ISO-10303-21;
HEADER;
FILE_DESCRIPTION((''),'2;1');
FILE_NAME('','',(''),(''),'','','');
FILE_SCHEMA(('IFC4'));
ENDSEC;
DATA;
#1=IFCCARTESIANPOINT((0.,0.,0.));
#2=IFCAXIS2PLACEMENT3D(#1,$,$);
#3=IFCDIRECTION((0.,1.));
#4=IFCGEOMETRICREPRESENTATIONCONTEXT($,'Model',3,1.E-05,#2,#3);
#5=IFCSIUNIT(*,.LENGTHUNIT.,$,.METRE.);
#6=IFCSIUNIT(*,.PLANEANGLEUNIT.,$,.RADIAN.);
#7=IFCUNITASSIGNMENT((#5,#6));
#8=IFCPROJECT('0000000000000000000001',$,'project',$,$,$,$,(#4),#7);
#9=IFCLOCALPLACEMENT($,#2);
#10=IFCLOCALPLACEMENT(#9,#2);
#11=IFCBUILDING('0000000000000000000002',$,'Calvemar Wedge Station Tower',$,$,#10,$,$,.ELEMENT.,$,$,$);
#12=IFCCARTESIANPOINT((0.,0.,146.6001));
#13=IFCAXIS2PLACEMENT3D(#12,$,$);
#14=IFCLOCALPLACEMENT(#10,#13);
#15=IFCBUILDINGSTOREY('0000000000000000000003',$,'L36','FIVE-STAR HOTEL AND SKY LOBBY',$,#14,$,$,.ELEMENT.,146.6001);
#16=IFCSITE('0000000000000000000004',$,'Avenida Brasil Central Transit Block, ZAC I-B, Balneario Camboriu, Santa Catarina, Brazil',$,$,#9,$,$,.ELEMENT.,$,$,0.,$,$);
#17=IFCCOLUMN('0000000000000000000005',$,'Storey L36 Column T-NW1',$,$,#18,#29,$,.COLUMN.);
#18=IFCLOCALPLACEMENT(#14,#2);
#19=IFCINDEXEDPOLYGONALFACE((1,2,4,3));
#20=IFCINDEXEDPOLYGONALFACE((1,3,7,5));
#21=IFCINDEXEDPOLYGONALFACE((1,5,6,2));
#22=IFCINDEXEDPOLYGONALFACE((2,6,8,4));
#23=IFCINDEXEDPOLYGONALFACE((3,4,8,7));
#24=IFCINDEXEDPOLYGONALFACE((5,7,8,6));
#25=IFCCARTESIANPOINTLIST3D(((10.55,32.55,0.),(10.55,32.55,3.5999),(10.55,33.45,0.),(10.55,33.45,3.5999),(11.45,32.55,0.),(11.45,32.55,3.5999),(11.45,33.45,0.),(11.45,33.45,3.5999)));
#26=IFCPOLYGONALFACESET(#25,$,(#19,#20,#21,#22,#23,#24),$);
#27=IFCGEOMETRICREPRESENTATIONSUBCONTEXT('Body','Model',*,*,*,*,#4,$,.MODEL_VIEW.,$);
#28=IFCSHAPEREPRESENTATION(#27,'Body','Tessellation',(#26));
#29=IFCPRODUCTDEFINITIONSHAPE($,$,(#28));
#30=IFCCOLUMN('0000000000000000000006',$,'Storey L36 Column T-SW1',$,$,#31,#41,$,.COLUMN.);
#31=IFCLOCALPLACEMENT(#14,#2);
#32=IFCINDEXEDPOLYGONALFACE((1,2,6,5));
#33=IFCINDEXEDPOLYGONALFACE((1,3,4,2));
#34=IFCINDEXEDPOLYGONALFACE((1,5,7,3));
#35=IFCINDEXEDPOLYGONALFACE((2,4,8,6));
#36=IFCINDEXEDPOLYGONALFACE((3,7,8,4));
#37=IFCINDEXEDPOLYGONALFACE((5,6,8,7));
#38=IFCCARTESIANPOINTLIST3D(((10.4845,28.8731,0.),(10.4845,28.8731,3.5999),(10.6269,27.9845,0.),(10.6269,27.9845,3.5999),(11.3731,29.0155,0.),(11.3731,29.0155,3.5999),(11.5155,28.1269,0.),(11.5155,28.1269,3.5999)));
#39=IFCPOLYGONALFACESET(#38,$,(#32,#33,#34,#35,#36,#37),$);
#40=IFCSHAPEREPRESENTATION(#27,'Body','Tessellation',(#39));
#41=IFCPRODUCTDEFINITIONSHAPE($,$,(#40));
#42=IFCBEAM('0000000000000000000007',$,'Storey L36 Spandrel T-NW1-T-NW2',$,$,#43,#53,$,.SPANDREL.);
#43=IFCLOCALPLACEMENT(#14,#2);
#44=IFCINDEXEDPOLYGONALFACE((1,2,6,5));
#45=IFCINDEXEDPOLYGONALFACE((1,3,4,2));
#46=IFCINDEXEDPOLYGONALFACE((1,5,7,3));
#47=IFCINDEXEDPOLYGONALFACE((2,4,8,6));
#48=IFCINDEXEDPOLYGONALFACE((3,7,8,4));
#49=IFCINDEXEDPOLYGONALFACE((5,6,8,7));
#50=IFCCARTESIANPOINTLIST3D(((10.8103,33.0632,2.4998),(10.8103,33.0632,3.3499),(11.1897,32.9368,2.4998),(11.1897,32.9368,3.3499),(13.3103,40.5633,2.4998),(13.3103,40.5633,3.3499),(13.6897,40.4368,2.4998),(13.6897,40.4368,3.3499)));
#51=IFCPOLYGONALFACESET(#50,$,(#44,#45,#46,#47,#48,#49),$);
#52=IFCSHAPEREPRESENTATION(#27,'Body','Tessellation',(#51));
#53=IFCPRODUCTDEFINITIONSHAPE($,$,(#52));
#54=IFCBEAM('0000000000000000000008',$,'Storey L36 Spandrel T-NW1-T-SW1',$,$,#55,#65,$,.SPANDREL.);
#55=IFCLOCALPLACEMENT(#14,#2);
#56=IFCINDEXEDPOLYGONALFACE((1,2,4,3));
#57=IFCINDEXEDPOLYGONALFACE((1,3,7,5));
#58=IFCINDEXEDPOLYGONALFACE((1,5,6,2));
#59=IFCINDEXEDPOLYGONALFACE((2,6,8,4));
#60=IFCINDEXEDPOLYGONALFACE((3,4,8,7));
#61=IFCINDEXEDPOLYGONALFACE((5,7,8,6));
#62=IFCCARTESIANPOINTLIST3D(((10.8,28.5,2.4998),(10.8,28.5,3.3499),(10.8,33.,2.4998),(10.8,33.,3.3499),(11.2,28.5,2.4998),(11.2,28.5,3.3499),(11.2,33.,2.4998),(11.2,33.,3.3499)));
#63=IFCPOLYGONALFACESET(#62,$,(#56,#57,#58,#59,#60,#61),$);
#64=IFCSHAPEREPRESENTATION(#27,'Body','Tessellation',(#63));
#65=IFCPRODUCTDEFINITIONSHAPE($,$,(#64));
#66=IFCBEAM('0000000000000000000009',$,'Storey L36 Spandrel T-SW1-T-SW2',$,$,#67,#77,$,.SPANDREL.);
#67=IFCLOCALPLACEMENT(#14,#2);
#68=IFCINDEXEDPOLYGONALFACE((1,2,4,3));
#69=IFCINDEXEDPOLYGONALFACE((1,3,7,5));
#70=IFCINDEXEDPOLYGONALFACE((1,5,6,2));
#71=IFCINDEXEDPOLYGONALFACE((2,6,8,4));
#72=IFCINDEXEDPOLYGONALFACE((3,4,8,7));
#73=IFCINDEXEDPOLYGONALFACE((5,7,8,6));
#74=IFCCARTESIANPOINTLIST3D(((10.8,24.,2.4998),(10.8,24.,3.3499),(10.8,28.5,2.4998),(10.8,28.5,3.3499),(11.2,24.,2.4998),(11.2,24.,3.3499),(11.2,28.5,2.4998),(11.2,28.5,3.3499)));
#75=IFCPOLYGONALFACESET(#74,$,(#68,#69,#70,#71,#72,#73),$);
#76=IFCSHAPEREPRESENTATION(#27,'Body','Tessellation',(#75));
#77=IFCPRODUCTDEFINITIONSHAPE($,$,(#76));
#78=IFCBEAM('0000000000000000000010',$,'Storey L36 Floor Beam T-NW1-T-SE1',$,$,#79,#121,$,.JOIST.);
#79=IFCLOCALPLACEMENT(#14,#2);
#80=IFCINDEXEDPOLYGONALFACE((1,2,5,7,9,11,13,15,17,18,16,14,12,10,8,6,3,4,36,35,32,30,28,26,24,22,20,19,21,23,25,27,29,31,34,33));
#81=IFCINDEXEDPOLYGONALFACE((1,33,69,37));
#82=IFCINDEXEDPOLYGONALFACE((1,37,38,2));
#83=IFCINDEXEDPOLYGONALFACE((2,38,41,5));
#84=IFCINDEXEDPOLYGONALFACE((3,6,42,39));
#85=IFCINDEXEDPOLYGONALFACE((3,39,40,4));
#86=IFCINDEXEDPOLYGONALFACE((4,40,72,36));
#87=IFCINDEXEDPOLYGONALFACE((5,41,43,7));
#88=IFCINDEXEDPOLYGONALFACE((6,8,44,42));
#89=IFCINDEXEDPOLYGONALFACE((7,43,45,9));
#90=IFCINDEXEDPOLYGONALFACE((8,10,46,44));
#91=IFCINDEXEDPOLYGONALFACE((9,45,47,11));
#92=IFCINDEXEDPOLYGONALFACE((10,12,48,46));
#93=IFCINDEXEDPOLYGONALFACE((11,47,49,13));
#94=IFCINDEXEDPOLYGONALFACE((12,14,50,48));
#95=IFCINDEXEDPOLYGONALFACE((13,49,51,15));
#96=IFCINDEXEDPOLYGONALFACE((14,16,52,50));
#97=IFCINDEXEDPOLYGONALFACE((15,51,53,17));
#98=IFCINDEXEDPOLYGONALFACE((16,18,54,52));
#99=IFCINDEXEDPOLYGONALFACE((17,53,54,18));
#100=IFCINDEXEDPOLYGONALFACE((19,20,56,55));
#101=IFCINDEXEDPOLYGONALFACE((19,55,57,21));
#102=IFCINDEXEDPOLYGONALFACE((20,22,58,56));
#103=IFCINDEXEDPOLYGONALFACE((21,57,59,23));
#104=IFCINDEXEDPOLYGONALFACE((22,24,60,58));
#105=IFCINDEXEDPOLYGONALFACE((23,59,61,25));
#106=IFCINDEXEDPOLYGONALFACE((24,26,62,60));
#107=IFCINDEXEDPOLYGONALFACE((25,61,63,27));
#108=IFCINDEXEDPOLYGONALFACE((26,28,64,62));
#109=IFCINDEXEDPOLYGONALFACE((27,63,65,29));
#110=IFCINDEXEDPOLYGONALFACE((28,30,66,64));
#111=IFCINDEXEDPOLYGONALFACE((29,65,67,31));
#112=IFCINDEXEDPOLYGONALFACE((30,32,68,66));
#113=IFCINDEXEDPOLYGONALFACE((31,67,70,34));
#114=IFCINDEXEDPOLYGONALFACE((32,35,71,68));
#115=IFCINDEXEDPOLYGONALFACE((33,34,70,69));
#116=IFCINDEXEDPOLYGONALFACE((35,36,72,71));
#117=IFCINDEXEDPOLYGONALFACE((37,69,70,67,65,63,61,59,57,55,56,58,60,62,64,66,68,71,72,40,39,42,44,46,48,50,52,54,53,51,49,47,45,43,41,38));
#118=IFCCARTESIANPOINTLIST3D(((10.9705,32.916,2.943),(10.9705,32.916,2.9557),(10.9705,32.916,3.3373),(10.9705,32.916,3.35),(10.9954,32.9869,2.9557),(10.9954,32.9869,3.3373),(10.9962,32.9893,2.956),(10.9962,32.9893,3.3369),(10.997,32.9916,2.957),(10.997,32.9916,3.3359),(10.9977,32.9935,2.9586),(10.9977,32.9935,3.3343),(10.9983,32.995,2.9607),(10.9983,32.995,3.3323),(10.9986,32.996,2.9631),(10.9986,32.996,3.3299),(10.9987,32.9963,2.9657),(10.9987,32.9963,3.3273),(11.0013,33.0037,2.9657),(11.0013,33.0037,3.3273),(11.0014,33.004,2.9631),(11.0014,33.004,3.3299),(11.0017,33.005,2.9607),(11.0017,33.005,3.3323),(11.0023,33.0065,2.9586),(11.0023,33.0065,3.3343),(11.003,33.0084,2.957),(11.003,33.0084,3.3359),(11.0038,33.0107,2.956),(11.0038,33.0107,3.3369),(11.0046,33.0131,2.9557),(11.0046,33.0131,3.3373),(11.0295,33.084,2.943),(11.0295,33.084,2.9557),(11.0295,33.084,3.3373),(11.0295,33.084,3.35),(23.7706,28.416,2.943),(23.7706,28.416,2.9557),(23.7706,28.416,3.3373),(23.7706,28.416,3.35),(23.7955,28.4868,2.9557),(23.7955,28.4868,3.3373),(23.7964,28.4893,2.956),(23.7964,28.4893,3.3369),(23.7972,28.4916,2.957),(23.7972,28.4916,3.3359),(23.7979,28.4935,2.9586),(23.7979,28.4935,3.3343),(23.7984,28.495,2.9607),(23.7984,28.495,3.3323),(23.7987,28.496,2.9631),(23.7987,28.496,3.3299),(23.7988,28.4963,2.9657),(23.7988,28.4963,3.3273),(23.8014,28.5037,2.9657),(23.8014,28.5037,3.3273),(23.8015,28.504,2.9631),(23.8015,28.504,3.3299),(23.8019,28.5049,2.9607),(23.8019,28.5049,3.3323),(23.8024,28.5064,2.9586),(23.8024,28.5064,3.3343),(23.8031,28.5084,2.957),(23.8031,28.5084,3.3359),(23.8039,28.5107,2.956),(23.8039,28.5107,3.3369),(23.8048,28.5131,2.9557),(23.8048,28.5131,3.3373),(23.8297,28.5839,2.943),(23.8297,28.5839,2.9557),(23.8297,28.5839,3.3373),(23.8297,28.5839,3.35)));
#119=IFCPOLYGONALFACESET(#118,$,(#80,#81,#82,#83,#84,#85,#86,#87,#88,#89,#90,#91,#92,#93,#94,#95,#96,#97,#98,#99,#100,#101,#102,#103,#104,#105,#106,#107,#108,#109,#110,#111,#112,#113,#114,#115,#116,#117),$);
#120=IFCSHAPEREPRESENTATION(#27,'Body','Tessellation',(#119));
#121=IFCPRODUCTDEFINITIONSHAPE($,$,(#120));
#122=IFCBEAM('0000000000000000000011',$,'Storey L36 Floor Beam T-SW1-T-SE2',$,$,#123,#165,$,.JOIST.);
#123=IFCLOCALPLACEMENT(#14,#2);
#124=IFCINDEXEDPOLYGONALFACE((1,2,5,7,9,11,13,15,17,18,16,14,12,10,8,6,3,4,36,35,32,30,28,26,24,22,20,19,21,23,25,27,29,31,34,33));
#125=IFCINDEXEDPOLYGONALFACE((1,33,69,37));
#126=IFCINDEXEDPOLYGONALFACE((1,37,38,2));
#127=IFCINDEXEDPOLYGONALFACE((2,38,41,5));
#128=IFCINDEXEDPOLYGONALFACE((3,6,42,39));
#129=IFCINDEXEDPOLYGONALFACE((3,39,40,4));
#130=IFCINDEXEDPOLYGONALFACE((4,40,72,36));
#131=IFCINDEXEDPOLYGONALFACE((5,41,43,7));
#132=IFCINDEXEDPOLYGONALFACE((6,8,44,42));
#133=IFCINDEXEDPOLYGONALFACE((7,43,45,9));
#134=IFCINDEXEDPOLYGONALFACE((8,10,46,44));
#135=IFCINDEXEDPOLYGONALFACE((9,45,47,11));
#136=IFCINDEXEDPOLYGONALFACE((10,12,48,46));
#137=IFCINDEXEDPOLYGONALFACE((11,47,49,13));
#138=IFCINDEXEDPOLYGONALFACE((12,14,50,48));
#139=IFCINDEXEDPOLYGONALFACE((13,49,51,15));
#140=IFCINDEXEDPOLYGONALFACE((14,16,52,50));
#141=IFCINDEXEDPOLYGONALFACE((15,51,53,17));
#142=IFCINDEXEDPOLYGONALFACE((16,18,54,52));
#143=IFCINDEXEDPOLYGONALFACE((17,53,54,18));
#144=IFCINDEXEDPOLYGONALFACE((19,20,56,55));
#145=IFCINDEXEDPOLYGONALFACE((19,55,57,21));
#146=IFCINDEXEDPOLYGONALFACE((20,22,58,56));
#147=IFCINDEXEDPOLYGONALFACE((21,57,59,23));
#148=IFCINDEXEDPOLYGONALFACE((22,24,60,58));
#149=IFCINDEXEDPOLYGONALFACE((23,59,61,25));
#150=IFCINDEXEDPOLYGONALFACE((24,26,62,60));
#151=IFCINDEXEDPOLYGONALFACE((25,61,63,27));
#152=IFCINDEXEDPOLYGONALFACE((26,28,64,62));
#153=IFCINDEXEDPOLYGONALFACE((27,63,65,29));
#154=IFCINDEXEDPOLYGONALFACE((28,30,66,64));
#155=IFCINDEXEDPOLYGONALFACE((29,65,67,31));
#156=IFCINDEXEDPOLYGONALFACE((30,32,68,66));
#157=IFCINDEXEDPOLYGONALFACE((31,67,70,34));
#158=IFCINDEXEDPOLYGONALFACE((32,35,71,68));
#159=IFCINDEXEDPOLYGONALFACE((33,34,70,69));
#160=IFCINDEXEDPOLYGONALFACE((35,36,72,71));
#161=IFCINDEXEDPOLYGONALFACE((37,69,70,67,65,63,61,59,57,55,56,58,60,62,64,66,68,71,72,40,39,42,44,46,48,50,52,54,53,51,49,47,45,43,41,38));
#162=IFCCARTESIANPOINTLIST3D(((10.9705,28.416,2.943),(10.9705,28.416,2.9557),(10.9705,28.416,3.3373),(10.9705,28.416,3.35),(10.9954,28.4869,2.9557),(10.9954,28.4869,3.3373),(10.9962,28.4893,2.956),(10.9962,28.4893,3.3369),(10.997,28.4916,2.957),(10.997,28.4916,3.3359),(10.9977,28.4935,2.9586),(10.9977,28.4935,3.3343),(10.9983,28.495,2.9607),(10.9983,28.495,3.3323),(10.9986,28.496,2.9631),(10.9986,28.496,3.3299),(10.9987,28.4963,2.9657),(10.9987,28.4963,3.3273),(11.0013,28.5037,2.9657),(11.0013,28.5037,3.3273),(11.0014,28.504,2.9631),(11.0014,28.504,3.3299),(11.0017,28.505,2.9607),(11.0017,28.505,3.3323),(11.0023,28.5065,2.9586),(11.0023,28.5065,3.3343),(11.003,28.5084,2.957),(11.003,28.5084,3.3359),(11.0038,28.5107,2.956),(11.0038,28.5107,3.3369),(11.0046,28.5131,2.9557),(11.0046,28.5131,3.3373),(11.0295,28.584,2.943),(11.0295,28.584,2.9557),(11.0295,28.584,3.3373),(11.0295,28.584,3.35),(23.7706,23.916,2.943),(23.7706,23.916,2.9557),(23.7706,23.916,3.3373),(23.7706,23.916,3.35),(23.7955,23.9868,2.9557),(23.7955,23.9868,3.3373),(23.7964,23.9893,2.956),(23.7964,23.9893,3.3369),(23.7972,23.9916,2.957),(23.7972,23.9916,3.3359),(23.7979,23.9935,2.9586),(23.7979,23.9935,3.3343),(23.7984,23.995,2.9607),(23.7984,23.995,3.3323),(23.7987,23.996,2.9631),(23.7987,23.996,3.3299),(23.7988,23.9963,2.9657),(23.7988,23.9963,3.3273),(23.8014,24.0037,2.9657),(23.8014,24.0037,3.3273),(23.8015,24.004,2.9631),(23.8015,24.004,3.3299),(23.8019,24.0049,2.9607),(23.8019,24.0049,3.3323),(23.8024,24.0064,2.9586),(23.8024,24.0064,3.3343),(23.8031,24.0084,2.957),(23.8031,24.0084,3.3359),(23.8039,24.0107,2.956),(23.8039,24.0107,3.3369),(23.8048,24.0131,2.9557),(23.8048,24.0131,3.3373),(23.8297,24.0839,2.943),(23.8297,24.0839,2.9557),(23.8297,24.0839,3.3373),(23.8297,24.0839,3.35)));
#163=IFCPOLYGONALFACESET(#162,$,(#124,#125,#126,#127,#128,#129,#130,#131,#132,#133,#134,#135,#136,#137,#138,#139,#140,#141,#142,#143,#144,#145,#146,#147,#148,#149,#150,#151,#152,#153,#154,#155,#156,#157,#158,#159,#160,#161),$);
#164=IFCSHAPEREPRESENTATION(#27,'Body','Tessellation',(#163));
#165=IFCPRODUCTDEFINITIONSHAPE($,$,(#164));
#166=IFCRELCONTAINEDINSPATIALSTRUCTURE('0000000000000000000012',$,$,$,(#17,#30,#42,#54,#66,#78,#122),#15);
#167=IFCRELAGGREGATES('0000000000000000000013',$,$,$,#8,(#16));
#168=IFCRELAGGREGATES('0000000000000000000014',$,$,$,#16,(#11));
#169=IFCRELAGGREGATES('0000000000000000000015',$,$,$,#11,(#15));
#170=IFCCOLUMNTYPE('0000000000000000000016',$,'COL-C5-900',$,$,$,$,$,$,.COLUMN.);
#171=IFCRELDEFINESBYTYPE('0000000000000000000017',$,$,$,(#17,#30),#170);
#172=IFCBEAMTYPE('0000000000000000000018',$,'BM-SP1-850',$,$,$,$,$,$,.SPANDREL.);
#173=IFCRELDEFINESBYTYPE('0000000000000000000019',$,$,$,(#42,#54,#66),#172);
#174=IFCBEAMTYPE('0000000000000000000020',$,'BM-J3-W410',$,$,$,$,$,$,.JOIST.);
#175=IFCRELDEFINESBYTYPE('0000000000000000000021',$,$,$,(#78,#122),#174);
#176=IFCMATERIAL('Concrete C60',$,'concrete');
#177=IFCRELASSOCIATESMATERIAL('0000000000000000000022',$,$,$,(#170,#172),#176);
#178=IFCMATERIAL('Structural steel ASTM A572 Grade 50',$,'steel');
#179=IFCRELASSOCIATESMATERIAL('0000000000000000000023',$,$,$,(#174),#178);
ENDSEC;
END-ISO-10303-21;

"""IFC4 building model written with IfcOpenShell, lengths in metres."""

from ifc_helpers import new_model, si_unit, direction, frame, origin, origin_2d, place, context, subcontext, project, spatial, rectangle, i_section, extrude, source, transform, mapped, material, material_profile, profile_set, type_object, element, save


model = new_model("IFC4")

# Units and contexts
model_context = context("Model", 3, precision=1e-05, world=origin(), true_north=direction((0.0, 1.0)))
body_context = subcontext(model_context, "Body", "Model", "MODEL_VIEW")
ifc_project = project(units=[si_unit("LENGTHUNIT", "METRE"), si_unit("PLANEANGLEUNIT", "RADIAN")], contexts=[model_context])

# Site, building, storey
site_placement = place(None, origin())
site = spatial("IfcSite", under=ifc_project, at=site_placement, Name="Avenida Brasil Central Transit Block, ZAC I-B, Balneario Camboriu, Santa Catarina, Brazil", CompositionType="ELEMENT", RefElevation=0.0)
building_placement = place(site_placement, origin())
building = spatial("IfcBuilding", under=site, at=building_placement, Name="Calvemar Wedge Station Tower", CompositionType="ELEMENT")
storey_placement = place(building_placement, frame((0.0, 0.0, 146.6001)))
storey = spatial("IfcBuildingStorey", under=building, at=storey_placement, Name="L36", Description="FIVE-STAR HOTEL AND SKY LOBBY", CompositionType="ELEMENT", Elevation=146.6001)

# Columns
ifc_material_1 = material(Name="Concrete C60", Category="concrete")
ifc_material_profile_1 = material_profile(ifc_material_1, rectangle(XDim=0.8999, YDim=0.8999, at=origin_2d()), Name="RC900x900")
ifc_profile_set_1 = profile_set([ifc_material_profile_1], Name="Concrete C60")
column_type = type_object("IfcColumnType", Name="COL-C5-900", PredefinedType="COLUMN", material=ifc_profile_set_1)
shared_shape_1 = source(origin(), body_context, "Body", "SweptSolid", [
    extrude(rectangle(XDim=0.8999, YDim=0.8999, at=origin_2d()), origin(), (0.0, 0.0, 1.0), 3.5999),
])
for number, where, z_axis, x_axis, name in (
    (1, (11.0, 33.0, 0.0), (0.0, 0.0, 1.0), (1.0, 0.0, 0.0), "Storey L36 Column T-NW1"),
    (2, (11.0, 28.5, 0.0), (0.0, 0.0, 1.0), (0.158158, -0.987414, 0.0), "Storey L36 Column T-SW1"),
):
    element("IfcColumn", number, at=place(storey_placement, frame(where, z_axis=z_axis, x_axis=x_axis)), inside=storey, type_object=column_type, Name=name, PredefinedType="COLUMN", context=body_context, shape_type="MappedRepresentation", body=[
        mapped(shared_shape_1, transform((0.0, 0.0, 0.0), scale=1.0)),
    ])

# Beams
ifc_material_profile_2 = material_profile(ifc_material_1, rectangle(XDim=0.3999, YDim=0.8501, at=origin_2d()), Name="RC400x850")
ifc_profile_set_2 = profile_set([ifc_material_profile_2], Name="Concrete C60")
beam_type_1 = type_object("IfcBeamType", Name="BM-SP1-850", PredefinedType="SPANDREL", material=ifc_profile_set_2)
shared_shape_2 = source(origin(), body_context, "Body", "SweptSolid", [
    extrude(rectangle(XDim=0.3999, YDim=0.8501, at=origin_2d()), origin(), (0.0, 0.0, 1.0), 7.9058),
])
beam_1_placement = place(storey_placement, frame((11.0, 33.0, 2.9248), z_axis=(0.316228, 0.948683, 0.0), x_axis=(-0.948683, 0.316228, 0.0)))
element("IfcBeam", 3, at=beam_1_placement, inside=storey, type_object=beam_type_1, Name="Storey L36 Spandrel T-NW1-T-NW2", PredefinedType="SPANDREL", context=body_context, shape_type="MappedRepresentation", body=[
    mapped(shared_shape_2, transform((0.0, 0.0, 0.0), scale=1.0)),
])
shared_shape_3 = source(origin(), body_context, "Body", "SweptSolid", [
    extrude(rectangle(XDim=0.3999, YDim=0.8501, at=origin_2d()), origin(), (0.0, 0.0, 1.0), 4.5),
])
for number, where, z_axis, x_axis, name in (
    (4, (11.0, 33.0, 2.9248), (0.0, -1.0, 0.0), (1.0, 0.0, 0.0), "Storey L36 Spandrel T-NW1-T-SW1"),
    (5, (11.0, 28.5, 2.9248), (0.0, -1.0, 0.0), (1.0, 0.0, 0.0), "Storey L36 Spandrel T-SW1-T-SW2"),
):
    element("IfcBeam", number, at=place(storey_placement, frame(where, z_axis=z_axis, x_axis=x_axis)), inside=storey, type_object=beam_type_1, Name=name, PredefinedType="SPANDREL", context=body_context, shape_type="MappedRepresentation", body=[
        mapped(shared_shape_3, transform((0.0, 0.0, 0.0), scale=1.0)),
    ])
ifc_material_2 = material(Name="Structural steel ASTM A572 Grade 50", Category="steel")
ifc_material_profile_3 = material_profile(ifc_material_2, i_section(OverallWidth=0.178, OverallDepth=0.407, WebThickness=0.0078, FlangeThickness=0.0127, FilletRadius=0.01, at=origin_2d()), Name="W410x60")
ifc_profile_set_3 = profile_set([ifc_material_profile_3], Name="Structural steel ASTM A572 Grade 50")
beam_type_2 = type_object("IfcBeamType", Name="BM-J3-W410", PredefinedType="JOIST", material=ifc_profile_set_3)
shared_shape_4 = source(origin(), body_context, "Body", "SweptSolid", [
    extrude(i_section(OverallWidth=0.178, OverallDepth=0.407, WebThickness=0.0078, FlangeThickness=0.0127, FilletRadius=0.01, at=origin_2d()), origin(), (0.0, 0.0, 1.0), 13.5681),
])
for number, where, z_axis, x_axis, name in (
    (6, (11.0, 33.0, 3.1465), (0.943398, -0.331662, 0.0), (0.331662, 0.943398, 0.0), "Storey L36 Floor Beam T-NW1-T-SE1"),
    (7, (11.0, 28.5, 3.1465), (0.943398, -0.331662, 0.0), (0.331662, 0.943398, 0.0), "Storey L36 Floor Beam T-SW1-T-SE2"),
):
    element("IfcBeam", number, at=place(storey_placement, frame(where, z_axis=z_axis, x_axis=x_axis)), inside=storey, type_object=beam_type_2, Name=name, PredefinedType="JOIST", context=body_context, shape_type="MappedRepresentation", body=[
        mapped(shared_shape_4, transform((0.0, 0.0, 0.0), scale=1.0)),
    ])

save(model, "model.ifc")
